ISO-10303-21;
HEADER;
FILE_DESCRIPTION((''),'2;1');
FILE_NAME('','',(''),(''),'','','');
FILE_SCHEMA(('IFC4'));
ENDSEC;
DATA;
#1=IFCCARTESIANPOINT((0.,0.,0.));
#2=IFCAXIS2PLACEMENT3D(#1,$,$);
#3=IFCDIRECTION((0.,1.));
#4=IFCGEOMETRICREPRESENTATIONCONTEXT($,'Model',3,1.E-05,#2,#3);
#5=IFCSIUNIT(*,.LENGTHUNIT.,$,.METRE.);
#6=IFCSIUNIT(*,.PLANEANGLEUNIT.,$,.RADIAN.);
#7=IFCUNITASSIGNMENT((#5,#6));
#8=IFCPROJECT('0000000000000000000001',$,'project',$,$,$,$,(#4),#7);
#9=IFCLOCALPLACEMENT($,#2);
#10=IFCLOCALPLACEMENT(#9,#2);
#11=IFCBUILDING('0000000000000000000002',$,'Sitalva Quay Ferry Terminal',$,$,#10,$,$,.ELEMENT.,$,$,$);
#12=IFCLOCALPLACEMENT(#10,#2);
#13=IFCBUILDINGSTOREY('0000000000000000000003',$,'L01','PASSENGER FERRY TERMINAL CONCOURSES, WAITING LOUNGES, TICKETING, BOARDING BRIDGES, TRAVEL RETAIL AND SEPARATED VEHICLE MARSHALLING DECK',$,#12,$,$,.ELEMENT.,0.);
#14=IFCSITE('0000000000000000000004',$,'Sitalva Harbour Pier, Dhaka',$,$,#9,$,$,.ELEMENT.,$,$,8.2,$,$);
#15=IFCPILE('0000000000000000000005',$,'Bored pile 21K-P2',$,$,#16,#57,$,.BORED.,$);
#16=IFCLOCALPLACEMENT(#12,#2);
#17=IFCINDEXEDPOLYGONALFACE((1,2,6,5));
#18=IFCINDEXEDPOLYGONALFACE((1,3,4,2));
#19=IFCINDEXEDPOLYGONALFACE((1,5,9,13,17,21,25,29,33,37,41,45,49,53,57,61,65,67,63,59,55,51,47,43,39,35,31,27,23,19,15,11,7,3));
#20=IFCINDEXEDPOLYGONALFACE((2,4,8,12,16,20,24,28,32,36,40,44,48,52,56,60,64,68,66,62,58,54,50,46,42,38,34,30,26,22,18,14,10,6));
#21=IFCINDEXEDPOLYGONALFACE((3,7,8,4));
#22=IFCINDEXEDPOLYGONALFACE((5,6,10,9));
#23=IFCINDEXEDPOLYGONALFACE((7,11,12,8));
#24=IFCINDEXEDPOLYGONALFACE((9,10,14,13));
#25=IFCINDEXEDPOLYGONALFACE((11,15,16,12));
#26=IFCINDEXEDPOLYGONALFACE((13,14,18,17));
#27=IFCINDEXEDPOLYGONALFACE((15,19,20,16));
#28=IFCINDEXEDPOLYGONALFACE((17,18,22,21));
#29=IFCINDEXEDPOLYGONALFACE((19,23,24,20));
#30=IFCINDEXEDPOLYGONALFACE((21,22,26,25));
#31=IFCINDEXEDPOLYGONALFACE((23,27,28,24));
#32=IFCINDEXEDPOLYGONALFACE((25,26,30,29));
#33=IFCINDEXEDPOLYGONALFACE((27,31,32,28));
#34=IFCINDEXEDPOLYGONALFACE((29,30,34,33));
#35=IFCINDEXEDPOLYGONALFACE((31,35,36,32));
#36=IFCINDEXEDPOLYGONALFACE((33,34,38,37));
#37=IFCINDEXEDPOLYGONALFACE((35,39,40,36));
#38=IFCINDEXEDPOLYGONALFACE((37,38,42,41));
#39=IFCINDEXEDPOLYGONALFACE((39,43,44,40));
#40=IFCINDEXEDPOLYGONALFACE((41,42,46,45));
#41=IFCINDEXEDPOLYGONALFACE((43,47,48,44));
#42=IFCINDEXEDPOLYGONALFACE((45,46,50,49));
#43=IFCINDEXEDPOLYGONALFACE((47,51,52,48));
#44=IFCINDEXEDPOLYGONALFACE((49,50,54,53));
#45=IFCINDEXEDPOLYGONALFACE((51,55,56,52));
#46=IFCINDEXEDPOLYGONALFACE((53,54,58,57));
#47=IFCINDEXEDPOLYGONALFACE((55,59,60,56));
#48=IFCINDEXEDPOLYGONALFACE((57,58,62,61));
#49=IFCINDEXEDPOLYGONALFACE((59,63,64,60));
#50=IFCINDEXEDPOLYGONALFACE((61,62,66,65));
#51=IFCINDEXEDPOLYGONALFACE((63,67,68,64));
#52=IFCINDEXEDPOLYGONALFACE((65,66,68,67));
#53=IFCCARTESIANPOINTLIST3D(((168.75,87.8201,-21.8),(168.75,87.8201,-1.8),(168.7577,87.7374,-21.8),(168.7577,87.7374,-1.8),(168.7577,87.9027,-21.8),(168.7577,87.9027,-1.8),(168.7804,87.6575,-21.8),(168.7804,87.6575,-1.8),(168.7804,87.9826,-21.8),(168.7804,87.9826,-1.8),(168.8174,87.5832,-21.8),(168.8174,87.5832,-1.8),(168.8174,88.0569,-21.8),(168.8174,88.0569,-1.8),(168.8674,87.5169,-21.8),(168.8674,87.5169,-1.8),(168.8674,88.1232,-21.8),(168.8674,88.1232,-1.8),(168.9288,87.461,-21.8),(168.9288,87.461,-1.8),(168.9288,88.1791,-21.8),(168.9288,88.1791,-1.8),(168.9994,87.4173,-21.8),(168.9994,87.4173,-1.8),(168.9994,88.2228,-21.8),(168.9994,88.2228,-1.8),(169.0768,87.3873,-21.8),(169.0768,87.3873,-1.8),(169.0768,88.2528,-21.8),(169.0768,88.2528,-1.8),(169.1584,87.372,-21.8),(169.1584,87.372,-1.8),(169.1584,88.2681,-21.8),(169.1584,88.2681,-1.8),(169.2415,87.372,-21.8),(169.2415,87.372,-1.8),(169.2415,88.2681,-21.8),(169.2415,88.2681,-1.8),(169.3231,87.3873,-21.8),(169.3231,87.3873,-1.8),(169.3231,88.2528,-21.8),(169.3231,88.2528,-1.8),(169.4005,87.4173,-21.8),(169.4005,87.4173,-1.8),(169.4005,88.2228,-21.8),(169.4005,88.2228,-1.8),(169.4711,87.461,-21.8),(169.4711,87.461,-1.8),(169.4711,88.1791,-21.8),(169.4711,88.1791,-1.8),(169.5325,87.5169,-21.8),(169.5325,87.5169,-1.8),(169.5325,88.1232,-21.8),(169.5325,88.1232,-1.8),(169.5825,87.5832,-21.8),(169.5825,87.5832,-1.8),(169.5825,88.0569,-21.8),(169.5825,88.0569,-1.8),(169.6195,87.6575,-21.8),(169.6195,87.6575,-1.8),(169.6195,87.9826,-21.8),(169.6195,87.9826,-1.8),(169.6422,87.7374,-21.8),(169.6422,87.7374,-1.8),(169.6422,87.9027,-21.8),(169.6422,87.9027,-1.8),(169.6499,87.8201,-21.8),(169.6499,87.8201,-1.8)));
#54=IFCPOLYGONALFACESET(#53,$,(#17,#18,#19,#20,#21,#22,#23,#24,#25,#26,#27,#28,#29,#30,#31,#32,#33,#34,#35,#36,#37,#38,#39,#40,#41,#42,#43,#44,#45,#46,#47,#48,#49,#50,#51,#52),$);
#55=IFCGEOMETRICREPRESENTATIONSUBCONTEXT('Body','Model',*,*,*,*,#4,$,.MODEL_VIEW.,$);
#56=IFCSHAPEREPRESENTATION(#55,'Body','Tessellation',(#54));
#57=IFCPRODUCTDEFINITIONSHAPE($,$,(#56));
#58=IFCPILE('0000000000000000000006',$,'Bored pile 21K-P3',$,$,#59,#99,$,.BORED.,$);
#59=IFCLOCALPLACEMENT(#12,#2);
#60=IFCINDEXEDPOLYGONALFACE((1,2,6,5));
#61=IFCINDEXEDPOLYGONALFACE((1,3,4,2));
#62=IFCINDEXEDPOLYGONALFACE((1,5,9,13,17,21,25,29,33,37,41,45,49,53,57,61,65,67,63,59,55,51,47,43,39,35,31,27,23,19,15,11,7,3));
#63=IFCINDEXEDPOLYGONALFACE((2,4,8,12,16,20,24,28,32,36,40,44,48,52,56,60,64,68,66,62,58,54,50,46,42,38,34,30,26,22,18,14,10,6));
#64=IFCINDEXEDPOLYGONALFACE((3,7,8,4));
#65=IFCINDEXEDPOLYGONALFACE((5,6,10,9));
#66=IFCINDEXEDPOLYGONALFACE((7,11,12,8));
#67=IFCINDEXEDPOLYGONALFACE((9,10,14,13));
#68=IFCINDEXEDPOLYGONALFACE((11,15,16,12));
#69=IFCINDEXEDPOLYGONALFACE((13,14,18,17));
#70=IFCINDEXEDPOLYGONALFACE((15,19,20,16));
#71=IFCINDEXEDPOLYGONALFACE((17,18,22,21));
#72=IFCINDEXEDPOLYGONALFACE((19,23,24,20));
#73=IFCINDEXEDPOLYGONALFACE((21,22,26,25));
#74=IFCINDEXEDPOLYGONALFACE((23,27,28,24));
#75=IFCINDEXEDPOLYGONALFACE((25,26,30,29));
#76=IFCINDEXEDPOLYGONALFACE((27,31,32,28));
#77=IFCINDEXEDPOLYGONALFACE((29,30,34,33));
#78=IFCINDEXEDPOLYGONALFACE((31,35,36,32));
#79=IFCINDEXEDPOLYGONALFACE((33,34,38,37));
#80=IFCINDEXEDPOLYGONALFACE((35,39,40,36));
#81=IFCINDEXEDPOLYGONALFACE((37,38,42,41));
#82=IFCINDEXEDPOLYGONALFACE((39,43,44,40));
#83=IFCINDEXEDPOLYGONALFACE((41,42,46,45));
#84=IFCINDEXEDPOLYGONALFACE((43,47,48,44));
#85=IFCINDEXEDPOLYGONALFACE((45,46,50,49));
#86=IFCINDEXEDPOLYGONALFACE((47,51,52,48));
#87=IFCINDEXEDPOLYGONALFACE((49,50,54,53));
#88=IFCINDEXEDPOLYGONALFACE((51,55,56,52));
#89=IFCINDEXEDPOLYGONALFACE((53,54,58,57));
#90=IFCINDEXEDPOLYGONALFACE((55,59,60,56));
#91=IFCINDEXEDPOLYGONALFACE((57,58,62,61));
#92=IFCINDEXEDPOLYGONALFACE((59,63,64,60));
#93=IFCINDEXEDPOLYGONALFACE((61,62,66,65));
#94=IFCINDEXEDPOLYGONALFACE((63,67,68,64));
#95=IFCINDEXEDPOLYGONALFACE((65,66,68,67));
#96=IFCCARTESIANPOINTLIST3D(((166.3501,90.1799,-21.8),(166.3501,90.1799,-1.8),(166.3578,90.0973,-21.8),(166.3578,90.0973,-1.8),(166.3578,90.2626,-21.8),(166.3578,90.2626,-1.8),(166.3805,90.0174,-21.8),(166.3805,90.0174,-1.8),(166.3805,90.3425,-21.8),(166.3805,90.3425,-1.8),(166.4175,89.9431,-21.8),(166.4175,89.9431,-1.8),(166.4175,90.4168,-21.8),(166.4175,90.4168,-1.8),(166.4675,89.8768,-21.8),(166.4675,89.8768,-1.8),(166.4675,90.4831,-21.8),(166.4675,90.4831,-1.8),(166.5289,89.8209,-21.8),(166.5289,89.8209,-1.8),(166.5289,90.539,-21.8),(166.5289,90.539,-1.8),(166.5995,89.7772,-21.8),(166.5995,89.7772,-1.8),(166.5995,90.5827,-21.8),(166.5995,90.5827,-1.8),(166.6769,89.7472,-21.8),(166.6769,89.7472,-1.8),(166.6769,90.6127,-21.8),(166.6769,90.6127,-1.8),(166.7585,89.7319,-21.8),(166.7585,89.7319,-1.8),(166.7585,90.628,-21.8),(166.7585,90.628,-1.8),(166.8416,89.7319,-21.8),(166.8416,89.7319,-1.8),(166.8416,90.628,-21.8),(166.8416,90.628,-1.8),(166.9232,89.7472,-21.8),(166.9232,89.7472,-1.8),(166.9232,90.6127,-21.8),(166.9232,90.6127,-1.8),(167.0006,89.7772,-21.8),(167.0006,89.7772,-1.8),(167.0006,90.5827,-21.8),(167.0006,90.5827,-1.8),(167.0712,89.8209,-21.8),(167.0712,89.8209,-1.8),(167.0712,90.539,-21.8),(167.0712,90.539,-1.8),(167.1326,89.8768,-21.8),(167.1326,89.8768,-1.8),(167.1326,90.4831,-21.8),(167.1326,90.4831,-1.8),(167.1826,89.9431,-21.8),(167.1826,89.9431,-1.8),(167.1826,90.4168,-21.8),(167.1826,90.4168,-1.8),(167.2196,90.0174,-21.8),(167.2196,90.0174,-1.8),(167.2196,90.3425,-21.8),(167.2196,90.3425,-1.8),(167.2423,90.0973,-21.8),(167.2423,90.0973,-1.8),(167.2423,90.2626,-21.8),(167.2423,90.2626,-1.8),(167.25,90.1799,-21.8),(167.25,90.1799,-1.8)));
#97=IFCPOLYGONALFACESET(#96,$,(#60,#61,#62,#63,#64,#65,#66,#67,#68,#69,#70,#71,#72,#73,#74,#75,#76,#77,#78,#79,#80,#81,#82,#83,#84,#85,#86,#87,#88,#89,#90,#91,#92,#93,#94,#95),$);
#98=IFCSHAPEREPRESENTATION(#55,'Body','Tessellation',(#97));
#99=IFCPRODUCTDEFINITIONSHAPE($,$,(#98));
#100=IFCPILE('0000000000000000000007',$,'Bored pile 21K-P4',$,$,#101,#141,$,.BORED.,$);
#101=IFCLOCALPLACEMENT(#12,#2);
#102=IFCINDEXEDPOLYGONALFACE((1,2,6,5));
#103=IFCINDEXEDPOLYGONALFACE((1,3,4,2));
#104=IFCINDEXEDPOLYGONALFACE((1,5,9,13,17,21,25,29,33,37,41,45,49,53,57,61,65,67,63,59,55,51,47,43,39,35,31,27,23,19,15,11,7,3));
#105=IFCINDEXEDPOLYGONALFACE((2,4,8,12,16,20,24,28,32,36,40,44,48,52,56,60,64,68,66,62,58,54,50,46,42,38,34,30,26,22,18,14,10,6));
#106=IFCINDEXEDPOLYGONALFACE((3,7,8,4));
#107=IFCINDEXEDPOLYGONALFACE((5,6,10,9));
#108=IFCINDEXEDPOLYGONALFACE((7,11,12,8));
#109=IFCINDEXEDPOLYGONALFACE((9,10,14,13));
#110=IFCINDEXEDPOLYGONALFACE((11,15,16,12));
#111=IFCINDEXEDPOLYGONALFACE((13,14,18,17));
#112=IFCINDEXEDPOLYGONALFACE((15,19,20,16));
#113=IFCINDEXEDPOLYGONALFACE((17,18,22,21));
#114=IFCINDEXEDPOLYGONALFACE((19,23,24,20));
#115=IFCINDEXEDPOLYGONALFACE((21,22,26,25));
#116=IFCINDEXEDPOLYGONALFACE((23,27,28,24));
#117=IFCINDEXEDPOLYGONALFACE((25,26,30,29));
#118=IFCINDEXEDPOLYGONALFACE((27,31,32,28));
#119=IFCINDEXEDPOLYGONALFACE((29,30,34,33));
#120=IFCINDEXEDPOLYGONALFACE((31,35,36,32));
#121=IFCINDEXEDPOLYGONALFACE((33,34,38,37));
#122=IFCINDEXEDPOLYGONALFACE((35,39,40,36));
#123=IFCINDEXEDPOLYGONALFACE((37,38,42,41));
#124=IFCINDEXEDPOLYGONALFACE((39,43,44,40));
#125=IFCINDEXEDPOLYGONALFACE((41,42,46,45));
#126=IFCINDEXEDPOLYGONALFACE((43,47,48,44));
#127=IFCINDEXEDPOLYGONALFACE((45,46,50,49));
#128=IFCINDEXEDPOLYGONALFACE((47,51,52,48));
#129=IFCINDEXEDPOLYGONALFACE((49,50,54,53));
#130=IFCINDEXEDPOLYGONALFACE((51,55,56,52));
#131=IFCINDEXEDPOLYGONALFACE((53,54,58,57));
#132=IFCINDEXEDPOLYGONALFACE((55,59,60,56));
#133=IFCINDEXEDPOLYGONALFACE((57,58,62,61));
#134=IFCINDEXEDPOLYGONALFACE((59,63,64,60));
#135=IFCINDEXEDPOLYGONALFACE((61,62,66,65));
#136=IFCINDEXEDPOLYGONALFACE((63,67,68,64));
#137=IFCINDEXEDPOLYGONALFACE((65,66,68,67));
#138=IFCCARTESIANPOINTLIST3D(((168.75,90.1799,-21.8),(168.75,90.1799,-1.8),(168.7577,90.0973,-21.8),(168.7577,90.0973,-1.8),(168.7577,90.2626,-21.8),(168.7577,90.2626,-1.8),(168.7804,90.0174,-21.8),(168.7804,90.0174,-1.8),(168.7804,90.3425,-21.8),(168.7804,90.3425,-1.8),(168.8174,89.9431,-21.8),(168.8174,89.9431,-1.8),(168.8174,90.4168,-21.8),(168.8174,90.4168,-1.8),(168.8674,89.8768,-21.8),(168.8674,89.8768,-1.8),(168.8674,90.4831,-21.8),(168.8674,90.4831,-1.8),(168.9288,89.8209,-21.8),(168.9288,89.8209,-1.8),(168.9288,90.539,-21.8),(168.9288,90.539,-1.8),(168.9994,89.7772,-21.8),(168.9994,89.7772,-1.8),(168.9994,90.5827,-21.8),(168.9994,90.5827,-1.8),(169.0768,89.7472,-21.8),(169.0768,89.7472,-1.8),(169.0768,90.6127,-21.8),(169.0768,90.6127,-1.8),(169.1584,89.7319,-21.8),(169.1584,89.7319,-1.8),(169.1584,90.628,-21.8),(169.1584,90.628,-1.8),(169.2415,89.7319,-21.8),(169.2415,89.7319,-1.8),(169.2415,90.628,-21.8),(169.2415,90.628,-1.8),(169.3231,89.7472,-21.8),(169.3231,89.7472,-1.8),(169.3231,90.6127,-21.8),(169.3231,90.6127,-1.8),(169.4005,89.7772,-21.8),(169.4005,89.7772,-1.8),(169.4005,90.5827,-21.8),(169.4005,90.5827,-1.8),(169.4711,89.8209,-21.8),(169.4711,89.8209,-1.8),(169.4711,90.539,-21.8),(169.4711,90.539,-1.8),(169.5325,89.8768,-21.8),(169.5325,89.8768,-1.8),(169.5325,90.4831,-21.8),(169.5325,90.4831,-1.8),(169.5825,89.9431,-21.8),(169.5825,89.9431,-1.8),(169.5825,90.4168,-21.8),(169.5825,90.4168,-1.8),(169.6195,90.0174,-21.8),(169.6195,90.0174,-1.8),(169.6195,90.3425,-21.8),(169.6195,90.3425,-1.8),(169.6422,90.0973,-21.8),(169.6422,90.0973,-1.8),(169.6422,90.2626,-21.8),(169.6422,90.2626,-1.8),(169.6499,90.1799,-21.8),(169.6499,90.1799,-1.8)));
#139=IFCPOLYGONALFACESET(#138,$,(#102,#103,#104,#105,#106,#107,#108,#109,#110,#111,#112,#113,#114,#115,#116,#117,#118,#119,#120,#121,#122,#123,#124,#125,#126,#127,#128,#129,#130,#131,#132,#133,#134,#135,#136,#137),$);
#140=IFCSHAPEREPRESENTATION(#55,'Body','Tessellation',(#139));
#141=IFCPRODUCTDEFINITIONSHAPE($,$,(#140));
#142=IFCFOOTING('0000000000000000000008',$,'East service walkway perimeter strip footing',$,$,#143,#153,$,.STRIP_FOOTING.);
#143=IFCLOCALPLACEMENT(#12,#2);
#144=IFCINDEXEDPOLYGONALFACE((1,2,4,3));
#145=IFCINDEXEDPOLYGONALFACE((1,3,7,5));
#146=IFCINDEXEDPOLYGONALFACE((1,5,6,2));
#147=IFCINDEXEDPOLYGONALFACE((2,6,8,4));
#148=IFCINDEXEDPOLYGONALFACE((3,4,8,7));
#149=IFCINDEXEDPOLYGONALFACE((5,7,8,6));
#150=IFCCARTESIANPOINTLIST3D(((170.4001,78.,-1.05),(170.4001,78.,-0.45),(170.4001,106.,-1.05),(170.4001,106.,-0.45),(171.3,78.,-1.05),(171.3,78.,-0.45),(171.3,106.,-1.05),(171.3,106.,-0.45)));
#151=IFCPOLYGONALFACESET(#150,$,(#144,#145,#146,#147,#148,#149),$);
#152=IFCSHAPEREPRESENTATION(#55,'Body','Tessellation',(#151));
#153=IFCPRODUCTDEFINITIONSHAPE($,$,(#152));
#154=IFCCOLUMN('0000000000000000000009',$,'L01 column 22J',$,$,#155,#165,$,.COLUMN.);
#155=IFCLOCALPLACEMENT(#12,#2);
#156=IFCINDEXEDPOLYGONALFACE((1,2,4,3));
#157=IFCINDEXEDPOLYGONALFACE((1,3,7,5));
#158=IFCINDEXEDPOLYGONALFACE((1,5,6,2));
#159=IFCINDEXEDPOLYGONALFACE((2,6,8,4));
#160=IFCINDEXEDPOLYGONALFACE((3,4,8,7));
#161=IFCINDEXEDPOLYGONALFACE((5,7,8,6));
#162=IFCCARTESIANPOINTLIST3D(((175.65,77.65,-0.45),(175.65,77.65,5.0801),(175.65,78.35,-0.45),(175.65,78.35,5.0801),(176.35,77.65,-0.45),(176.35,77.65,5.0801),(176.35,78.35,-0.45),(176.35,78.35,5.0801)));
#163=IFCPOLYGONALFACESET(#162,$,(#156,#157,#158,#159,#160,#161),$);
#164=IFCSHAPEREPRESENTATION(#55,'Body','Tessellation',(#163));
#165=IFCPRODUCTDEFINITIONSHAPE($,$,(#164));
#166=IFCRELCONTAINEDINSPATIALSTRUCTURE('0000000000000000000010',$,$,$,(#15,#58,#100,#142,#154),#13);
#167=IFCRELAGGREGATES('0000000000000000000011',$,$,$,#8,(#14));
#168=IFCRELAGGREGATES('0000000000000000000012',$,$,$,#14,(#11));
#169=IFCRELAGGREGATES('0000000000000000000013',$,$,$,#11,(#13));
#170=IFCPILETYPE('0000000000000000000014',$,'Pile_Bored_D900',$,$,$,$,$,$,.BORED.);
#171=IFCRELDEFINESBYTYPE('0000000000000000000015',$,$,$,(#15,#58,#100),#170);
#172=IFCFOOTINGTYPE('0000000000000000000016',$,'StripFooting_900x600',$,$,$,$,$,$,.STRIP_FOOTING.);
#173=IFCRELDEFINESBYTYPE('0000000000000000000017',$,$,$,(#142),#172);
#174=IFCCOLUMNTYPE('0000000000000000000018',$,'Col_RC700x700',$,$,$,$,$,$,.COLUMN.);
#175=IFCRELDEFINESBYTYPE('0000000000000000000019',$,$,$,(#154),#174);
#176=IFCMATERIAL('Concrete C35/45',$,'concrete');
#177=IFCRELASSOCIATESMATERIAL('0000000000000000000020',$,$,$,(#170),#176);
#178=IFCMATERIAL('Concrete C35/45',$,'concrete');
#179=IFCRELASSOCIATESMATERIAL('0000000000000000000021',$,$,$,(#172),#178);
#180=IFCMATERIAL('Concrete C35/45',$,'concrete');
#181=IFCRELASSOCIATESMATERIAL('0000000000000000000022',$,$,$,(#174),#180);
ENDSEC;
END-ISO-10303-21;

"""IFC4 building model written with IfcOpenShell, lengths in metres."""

from ifc_helpers import new_model, si_unit, direction, frame, origin, origin_2d, place, context, subcontext, project, spatial, rectangle, circle, extrude, material, material_profile, profile_set, type_object, element, save


model = new_model("IFC4")

# Units and contexts
model_context = context("Model", 3, precision=1e-05, world=origin(), true_north=direction((0.0, 1.0)))
body_context = subcontext(model_context, "Body", "Model", "MODEL_VIEW")
ifc_project = project(units=[si_unit("LENGTHUNIT", "METRE"), si_unit("PLANEANGLEUNIT", "RADIAN")], contexts=[model_context])

# Site, building, storey
site_placement = place(None, origin())
site = spatial("IfcSite", under=ifc_project, at=site_placement, Name="Sitalva Harbour Pier, Dhaka", CompositionType="ELEMENT", RefElevation=8.2)
building_placement = place(site_placement, origin())
building = spatial("IfcBuilding", under=site, at=building_placement, Name="Sitalva Quay Ferry Terminal", CompositionType="ELEMENT")
storey_placement = place(building_placement, origin())
storey = spatial("IfcBuildingStorey", under=building, at=storey_placement, Name="L01", Description="PASSENGER FERRY TERMINAL CONCOURSES, WAITING LOUNGES, TICKETING, BOARDING BRIDGES, TRAVEL RETAIL AND SEPARATED VEHICLE MARSHALLING DECK", CompositionType="ELEMENT", Elevation=0.0)

# Piles
ifc_material_1 = material(Name="Concrete C35/45", Category="concrete")
ifc_material_profile_1 = material_profile(ifc_material_1, circle(Radius=0.45, at=origin_2d()), Name="PILE-D900")
ifc_profile_set_1 = profile_set([ifc_material_profile_1], Name="Concrete C35/45")
pile_type_1 = type_object("IfcPileType", Name="Pile_Bored_D900", PredefinedType="BORED", material=ifc_profile_set_1)
for number, where, z_axis, x_axis, name in (
    (1, (169.2, 87.8201, -1.8), (0.0, 0.0, -1.0), (1.0, 0.0, 0.0), "Bored pile 21K-P2"),
    (2, (166.8, 90.1799, -1.8), (0.0, 0.0, -1.0), (1.0, 0.0, 0.0), "Bored pile 21K-P3"),
    (3, (169.2, 90.1799, -1.8), (0.0, 0.0, -1.0), (1.0, 0.0, 0.0), "Bored pile 21K-P4"),
):
    element("IfcPile", number, at=place(storey_placement, frame(where, z_axis=z_axis, x_axis=x_axis)), inside=storey, type_object=pile_type_1, Name=name, PredefinedType="BORED", context=body_context, shape_type="SweptSolid", body=[
        extrude(circle(Radius=0.45, at=origin_2d()), origin(), (0.0, 0.0, 1.0), 20.0),
    ])

# Footing
ifc_material_2 = material(Name="Concrete C35/45", Category="concrete")
ifc_material_profile_2 = material_profile(ifc_material_2, rectangle(XDim=0.8999, YDim=0.6001, at=origin_2d()), Name="RC900x600")
ifc_profile_set_2 = profile_set([ifc_material_profile_2], Name="Concrete C35/45")
footing_type_1 = type_object("IfcFootingType", Name="StripFooting_900x600", PredefinedType="STRIP_FOOTING", material=ifc_profile_set_2)
footing_1_placement = place(storey_placement, frame((170.8501, 78.0, -0.75), z_axis=(0.0, 1.0, 0.0), x_axis=(-1.0, 0.0, 0.0)))
element("IfcFooting", 4, at=footing_1_placement, inside=storey, type_object=footing_type_1, Name="East service walkway perimeter strip footing", PredefinedType="STRIP_FOOTING", context=body_context, shape_type="SweptSolid", body=[
    extrude(rectangle(XDim=0.8999, YDim=0.6001, at=origin_2d()), origin(), (0.0, 0.0, 1.0), 28.0),
])

# Column
ifc_material_3 = material(Name="Concrete C35/45", Category="concrete")
ifc_material_profile_3 = material_profile(ifc_material_3, rectangle(XDim=0.7, YDim=0.7, at=origin_2d()), Name="RC700x700")
ifc_profile_set_3 = profile_set([ifc_material_profile_3], Name="Concrete C35/45")
column_type_1 = type_object("IfcColumnType", Name="Col_RC700x700", PredefinedType="COLUMN", material=ifc_profile_set_3)
column_1_placement = place(storey_placement, frame((176.0, 78.0, -0.45), z_axis=(0.0, 0.0, 1.0), x_axis=(1.0, 0.0, 0.0)))
element("IfcColumn", 5, at=column_1_placement, inside=storey, type_object=column_type_1, Name="L01 column 22J", PredefinedType="COLUMN", context=body_context, shape_type="SweptSolid", body=[
    extrude(rectangle(XDim=0.7, YDim=0.7, at=origin_2d()), origin(), (0.0, 0.0, 1.0), 5.53),
])

save(model, "model.ifc")
